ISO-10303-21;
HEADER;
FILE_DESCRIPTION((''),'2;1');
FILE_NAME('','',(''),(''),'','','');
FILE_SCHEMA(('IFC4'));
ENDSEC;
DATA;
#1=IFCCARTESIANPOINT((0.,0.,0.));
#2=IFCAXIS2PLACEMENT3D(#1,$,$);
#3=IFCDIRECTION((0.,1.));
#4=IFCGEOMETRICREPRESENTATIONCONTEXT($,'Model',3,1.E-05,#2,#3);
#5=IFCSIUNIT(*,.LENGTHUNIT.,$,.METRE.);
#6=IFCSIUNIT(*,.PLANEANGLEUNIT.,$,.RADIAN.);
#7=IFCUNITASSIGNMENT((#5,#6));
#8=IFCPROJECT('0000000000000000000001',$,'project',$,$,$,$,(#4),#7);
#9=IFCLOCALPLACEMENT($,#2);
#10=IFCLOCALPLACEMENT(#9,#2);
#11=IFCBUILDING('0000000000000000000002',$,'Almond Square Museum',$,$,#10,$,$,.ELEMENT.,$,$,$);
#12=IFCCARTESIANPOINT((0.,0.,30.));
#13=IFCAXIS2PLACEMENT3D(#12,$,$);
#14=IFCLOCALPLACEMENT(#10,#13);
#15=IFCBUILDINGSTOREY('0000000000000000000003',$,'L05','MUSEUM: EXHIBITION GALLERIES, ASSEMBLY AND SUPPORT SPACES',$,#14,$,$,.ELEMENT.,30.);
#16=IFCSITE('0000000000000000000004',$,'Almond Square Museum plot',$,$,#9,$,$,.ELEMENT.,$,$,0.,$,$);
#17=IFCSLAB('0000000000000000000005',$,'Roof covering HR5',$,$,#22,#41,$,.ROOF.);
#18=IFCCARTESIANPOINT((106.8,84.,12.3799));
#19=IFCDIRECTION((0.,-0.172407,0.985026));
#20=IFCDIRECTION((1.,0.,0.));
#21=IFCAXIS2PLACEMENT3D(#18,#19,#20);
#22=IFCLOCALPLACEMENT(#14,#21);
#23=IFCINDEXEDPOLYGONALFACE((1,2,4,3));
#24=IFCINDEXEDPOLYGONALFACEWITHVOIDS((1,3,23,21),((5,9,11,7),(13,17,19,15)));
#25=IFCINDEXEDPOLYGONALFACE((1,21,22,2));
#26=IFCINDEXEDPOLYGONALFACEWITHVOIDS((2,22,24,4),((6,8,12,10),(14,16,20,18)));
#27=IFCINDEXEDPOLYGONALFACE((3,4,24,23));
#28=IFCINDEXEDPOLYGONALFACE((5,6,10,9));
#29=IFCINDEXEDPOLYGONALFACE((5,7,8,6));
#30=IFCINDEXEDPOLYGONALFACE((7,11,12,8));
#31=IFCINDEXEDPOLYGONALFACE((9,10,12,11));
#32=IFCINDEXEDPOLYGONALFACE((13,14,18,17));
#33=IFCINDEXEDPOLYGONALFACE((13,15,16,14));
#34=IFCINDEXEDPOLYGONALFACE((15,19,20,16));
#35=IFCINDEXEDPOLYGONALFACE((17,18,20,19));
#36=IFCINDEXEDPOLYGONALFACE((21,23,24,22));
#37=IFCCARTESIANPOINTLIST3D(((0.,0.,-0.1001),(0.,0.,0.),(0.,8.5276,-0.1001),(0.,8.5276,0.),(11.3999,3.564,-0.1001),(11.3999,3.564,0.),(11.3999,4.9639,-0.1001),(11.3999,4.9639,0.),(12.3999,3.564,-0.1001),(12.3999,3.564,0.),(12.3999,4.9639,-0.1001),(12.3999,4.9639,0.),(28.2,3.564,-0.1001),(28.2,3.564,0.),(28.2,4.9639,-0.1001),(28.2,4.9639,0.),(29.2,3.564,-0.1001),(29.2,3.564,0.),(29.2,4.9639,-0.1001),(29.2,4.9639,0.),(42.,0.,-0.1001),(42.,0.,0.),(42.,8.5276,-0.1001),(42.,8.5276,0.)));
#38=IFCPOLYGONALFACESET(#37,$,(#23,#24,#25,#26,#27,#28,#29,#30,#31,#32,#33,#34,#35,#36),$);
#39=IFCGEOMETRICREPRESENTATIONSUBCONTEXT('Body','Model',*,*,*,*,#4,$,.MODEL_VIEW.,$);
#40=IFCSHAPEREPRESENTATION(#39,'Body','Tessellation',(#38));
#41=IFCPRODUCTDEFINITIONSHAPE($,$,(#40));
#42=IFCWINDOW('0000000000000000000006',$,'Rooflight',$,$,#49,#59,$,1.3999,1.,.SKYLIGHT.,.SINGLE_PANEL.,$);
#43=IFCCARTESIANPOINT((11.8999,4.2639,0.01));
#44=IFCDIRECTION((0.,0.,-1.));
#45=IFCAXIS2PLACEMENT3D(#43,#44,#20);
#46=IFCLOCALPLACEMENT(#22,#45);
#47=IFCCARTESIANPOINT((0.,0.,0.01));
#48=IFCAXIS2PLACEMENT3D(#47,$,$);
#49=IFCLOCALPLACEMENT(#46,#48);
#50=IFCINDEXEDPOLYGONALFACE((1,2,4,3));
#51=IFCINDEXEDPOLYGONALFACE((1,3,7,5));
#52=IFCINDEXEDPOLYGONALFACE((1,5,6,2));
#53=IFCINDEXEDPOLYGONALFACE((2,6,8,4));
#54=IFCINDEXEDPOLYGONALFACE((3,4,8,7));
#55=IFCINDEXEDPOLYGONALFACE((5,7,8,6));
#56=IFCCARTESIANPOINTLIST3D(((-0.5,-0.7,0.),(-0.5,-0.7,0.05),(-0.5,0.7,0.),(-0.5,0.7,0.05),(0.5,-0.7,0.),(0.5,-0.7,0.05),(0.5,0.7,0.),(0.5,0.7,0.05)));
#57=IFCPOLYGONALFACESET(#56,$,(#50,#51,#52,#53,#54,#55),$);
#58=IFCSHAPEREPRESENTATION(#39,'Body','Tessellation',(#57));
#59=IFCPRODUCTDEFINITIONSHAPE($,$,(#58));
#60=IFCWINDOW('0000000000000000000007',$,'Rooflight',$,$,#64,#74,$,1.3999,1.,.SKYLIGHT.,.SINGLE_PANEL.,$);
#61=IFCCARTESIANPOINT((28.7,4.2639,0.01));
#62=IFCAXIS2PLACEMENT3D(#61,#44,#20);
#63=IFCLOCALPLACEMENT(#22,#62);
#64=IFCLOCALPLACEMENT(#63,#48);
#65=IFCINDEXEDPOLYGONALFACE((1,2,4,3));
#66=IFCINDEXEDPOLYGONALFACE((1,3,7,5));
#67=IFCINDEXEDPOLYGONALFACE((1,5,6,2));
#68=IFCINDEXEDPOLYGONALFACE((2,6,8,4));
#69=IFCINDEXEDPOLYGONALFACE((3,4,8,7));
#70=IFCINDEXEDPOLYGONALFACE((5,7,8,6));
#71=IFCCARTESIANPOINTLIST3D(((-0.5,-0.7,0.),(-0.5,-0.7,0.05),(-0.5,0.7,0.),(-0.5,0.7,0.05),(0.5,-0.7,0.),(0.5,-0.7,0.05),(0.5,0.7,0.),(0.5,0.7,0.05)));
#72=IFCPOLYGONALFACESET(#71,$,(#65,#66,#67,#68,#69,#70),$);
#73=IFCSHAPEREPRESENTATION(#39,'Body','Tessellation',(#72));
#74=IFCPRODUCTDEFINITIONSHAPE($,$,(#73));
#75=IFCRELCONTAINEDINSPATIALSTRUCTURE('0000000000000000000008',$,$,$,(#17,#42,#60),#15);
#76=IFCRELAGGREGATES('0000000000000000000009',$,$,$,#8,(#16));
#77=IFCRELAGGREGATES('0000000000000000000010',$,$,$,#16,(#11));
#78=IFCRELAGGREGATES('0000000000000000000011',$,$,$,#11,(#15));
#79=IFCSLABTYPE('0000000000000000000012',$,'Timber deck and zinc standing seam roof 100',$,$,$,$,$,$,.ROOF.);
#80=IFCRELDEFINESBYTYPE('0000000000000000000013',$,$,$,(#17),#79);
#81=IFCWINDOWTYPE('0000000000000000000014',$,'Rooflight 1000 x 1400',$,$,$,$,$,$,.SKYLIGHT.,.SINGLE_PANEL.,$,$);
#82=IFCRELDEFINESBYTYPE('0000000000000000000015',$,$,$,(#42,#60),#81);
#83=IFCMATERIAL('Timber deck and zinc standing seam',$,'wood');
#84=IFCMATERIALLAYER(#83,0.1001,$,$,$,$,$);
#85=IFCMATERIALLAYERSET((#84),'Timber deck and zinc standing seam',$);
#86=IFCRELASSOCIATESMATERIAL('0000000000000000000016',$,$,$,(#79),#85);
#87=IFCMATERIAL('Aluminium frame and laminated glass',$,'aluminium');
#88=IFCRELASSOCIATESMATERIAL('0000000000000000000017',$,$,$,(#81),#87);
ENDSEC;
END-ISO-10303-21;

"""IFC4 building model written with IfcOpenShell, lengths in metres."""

from ifc_helpers import new_model, si_unit, direction, frame, origin, origin_2d, place, context, subcontext, project, spatial, polyline, rectangle, outline, extrude, material, layer, layer_set, type_object, element, fill, save


model = new_model("IFC4")

# Units and contexts
model_context = context("Model", 3, precision=1e-05, world=origin(), true_north=direction((0.0, 1.0)))
body_context = subcontext(model_context, "Body", "Model", "MODEL_VIEW")
ifc_project = project(units=[si_unit("LENGTHUNIT", "METRE"), si_unit("PLANEANGLEUNIT", "RADIAN")], contexts=[model_context])

# Site, building, storey
site_placement = place(None, origin())
site = spatial("IfcSite", under=ifc_project, at=site_placement, Name="Almond Square Museum plot", CompositionType="ELEMENT", RefElevation=0.0)
building_placement = place(site_placement, origin())
building = spatial("IfcBuilding", under=site, at=building_placement, Name="Almond Square Museum", CompositionType="ELEMENT")
storey_placement = place(building_placement, frame((0.0, 0.0, 30.0)))
storey = spatial("IfcBuildingStorey", under=building, at=storey_placement, Name="L05", Description="MUSEUM: EXHIBITION GALLERIES, ASSEMBLY AND SUPPORT SPACES", CompositionType="ELEMENT", Elevation=30.0)

# Slab, openings, windows
ifc_material_1 = material(Name="Timber deck and zinc standing seam", Category="wood")
ifc_layer_1 = layer(ifc_material_1, 0.1001)
ifc_layer_set_1 = layer_set([ifc_layer_1], Name="Timber deck and zinc standing seam")
slab_type = type_object("IfcSlabType", Name="Timber deck and zinc standing seam roof 100", PredefinedType="ROOF", material=ifc_layer_set_1)
slab_placement = place(storey_placement, frame((106.8, 84.0, 12.3799), z_axis=(0.0, -0.172407, 0.985026), x_axis=(1.0, 0.0, 0.0)))
slab = element("IfcSlab", 1, at=slab_placement, inside=storey, type_object=slab_type, Name="Roof covering HR5", PredefinedType="ROOF", context=body_context, shape_type="SweptSolid", body=[
    extrude(outline(polyline([(0.0, 0.0), (42.0, 0.0), (42.0, 8.5276), (0.0, 8.5276), (0.0, 0.0)])), origin(), (0.0, 0.0, -1.0), 0.1001),
])
opening_1_placement = place(slab_placement, frame((11.8999, 4.2639, 0.01), z_axis=(0.0, 0.0, -1.0), x_axis=(1.0, 0.0, 0.0)))
opening_1 = element("IfcOpeningElement", 2, at=opening_1_placement, cuts=slab, PredefinedType="OPENING", context=body_context, shape_type="SweptSolid", body=[
    extrude(rectangle(XDim=1.0, YDim=1.3999, at=origin_2d()), origin(), (0.0, 0.0, 1.0), 0.1201),
])
opening_2_placement = place(slab_placement, frame((28.7, 4.2639, 0.01), z_axis=(0.0, 0.0, -1.0), x_axis=(1.0, 0.0, 0.0)))
opening_2 = element("IfcOpeningElement", 3, at=opening_2_placement, cuts=slab, PredefinedType="OPENING", context=body_context, shape_type="SweptSolid", body=[
    extrude(rectangle(XDim=1.0, YDim=1.3999, at=origin_2d()), origin(), (0.0, 0.0, 1.0), 0.1201),
])
ifc_material_2 = material(Name="Aluminium frame and laminated glass", Category="aluminium")
window_type = type_object("IfcWindowType", Name="Rooflight 1000 x 1400", PartitioningType="SINGLE_PANEL", PredefinedType="SKYLIGHT", material=ifc_material_2)
window_1_placement = place(opening_1_placement, frame((0.0, 0.0, 0.01)))
window_1 = element("IfcWindow", 4, at=window_1_placement, inside=storey, type_object=window_type, Name="Rooflight", OverallHeight=1.3999, OverallWidth=1.0, PartitioningType="SINGLE_PANEL", PredefinedType="SKYLIGHT", context=body_context, shape_type="SweptSolid", body=[
    extrude(rectangle(XDim=1.0, YDim=1.3999, at=origin_2d()), origin(), (0.0, 0.0, 1.0), 0.05),
])
fill(opening_1, window_1)
window_2_placement = place(opening_2_placement, frame((0.0, 0.0, 0.01)))
window_2 = element("IfcWindow", 5, at=window_2_placement, inside=storey, type_object=window_type, Name="Rooflight", OverallHeight=1.3999, OverallWidth=1.0, PartitioningType="SINGLE_PANEL", PredefinedType="SKYLIGHT", context=body_context, shape_type="SweptSolid", body=[
    extrude(rectangle(XDim=1.0, YDim=1.3999, at=origin_2d()), origin(), (0.0, 0.0, 1.0), 0.05),
])
fill(opening_2, window_2)

save(model, "model.ifc")
